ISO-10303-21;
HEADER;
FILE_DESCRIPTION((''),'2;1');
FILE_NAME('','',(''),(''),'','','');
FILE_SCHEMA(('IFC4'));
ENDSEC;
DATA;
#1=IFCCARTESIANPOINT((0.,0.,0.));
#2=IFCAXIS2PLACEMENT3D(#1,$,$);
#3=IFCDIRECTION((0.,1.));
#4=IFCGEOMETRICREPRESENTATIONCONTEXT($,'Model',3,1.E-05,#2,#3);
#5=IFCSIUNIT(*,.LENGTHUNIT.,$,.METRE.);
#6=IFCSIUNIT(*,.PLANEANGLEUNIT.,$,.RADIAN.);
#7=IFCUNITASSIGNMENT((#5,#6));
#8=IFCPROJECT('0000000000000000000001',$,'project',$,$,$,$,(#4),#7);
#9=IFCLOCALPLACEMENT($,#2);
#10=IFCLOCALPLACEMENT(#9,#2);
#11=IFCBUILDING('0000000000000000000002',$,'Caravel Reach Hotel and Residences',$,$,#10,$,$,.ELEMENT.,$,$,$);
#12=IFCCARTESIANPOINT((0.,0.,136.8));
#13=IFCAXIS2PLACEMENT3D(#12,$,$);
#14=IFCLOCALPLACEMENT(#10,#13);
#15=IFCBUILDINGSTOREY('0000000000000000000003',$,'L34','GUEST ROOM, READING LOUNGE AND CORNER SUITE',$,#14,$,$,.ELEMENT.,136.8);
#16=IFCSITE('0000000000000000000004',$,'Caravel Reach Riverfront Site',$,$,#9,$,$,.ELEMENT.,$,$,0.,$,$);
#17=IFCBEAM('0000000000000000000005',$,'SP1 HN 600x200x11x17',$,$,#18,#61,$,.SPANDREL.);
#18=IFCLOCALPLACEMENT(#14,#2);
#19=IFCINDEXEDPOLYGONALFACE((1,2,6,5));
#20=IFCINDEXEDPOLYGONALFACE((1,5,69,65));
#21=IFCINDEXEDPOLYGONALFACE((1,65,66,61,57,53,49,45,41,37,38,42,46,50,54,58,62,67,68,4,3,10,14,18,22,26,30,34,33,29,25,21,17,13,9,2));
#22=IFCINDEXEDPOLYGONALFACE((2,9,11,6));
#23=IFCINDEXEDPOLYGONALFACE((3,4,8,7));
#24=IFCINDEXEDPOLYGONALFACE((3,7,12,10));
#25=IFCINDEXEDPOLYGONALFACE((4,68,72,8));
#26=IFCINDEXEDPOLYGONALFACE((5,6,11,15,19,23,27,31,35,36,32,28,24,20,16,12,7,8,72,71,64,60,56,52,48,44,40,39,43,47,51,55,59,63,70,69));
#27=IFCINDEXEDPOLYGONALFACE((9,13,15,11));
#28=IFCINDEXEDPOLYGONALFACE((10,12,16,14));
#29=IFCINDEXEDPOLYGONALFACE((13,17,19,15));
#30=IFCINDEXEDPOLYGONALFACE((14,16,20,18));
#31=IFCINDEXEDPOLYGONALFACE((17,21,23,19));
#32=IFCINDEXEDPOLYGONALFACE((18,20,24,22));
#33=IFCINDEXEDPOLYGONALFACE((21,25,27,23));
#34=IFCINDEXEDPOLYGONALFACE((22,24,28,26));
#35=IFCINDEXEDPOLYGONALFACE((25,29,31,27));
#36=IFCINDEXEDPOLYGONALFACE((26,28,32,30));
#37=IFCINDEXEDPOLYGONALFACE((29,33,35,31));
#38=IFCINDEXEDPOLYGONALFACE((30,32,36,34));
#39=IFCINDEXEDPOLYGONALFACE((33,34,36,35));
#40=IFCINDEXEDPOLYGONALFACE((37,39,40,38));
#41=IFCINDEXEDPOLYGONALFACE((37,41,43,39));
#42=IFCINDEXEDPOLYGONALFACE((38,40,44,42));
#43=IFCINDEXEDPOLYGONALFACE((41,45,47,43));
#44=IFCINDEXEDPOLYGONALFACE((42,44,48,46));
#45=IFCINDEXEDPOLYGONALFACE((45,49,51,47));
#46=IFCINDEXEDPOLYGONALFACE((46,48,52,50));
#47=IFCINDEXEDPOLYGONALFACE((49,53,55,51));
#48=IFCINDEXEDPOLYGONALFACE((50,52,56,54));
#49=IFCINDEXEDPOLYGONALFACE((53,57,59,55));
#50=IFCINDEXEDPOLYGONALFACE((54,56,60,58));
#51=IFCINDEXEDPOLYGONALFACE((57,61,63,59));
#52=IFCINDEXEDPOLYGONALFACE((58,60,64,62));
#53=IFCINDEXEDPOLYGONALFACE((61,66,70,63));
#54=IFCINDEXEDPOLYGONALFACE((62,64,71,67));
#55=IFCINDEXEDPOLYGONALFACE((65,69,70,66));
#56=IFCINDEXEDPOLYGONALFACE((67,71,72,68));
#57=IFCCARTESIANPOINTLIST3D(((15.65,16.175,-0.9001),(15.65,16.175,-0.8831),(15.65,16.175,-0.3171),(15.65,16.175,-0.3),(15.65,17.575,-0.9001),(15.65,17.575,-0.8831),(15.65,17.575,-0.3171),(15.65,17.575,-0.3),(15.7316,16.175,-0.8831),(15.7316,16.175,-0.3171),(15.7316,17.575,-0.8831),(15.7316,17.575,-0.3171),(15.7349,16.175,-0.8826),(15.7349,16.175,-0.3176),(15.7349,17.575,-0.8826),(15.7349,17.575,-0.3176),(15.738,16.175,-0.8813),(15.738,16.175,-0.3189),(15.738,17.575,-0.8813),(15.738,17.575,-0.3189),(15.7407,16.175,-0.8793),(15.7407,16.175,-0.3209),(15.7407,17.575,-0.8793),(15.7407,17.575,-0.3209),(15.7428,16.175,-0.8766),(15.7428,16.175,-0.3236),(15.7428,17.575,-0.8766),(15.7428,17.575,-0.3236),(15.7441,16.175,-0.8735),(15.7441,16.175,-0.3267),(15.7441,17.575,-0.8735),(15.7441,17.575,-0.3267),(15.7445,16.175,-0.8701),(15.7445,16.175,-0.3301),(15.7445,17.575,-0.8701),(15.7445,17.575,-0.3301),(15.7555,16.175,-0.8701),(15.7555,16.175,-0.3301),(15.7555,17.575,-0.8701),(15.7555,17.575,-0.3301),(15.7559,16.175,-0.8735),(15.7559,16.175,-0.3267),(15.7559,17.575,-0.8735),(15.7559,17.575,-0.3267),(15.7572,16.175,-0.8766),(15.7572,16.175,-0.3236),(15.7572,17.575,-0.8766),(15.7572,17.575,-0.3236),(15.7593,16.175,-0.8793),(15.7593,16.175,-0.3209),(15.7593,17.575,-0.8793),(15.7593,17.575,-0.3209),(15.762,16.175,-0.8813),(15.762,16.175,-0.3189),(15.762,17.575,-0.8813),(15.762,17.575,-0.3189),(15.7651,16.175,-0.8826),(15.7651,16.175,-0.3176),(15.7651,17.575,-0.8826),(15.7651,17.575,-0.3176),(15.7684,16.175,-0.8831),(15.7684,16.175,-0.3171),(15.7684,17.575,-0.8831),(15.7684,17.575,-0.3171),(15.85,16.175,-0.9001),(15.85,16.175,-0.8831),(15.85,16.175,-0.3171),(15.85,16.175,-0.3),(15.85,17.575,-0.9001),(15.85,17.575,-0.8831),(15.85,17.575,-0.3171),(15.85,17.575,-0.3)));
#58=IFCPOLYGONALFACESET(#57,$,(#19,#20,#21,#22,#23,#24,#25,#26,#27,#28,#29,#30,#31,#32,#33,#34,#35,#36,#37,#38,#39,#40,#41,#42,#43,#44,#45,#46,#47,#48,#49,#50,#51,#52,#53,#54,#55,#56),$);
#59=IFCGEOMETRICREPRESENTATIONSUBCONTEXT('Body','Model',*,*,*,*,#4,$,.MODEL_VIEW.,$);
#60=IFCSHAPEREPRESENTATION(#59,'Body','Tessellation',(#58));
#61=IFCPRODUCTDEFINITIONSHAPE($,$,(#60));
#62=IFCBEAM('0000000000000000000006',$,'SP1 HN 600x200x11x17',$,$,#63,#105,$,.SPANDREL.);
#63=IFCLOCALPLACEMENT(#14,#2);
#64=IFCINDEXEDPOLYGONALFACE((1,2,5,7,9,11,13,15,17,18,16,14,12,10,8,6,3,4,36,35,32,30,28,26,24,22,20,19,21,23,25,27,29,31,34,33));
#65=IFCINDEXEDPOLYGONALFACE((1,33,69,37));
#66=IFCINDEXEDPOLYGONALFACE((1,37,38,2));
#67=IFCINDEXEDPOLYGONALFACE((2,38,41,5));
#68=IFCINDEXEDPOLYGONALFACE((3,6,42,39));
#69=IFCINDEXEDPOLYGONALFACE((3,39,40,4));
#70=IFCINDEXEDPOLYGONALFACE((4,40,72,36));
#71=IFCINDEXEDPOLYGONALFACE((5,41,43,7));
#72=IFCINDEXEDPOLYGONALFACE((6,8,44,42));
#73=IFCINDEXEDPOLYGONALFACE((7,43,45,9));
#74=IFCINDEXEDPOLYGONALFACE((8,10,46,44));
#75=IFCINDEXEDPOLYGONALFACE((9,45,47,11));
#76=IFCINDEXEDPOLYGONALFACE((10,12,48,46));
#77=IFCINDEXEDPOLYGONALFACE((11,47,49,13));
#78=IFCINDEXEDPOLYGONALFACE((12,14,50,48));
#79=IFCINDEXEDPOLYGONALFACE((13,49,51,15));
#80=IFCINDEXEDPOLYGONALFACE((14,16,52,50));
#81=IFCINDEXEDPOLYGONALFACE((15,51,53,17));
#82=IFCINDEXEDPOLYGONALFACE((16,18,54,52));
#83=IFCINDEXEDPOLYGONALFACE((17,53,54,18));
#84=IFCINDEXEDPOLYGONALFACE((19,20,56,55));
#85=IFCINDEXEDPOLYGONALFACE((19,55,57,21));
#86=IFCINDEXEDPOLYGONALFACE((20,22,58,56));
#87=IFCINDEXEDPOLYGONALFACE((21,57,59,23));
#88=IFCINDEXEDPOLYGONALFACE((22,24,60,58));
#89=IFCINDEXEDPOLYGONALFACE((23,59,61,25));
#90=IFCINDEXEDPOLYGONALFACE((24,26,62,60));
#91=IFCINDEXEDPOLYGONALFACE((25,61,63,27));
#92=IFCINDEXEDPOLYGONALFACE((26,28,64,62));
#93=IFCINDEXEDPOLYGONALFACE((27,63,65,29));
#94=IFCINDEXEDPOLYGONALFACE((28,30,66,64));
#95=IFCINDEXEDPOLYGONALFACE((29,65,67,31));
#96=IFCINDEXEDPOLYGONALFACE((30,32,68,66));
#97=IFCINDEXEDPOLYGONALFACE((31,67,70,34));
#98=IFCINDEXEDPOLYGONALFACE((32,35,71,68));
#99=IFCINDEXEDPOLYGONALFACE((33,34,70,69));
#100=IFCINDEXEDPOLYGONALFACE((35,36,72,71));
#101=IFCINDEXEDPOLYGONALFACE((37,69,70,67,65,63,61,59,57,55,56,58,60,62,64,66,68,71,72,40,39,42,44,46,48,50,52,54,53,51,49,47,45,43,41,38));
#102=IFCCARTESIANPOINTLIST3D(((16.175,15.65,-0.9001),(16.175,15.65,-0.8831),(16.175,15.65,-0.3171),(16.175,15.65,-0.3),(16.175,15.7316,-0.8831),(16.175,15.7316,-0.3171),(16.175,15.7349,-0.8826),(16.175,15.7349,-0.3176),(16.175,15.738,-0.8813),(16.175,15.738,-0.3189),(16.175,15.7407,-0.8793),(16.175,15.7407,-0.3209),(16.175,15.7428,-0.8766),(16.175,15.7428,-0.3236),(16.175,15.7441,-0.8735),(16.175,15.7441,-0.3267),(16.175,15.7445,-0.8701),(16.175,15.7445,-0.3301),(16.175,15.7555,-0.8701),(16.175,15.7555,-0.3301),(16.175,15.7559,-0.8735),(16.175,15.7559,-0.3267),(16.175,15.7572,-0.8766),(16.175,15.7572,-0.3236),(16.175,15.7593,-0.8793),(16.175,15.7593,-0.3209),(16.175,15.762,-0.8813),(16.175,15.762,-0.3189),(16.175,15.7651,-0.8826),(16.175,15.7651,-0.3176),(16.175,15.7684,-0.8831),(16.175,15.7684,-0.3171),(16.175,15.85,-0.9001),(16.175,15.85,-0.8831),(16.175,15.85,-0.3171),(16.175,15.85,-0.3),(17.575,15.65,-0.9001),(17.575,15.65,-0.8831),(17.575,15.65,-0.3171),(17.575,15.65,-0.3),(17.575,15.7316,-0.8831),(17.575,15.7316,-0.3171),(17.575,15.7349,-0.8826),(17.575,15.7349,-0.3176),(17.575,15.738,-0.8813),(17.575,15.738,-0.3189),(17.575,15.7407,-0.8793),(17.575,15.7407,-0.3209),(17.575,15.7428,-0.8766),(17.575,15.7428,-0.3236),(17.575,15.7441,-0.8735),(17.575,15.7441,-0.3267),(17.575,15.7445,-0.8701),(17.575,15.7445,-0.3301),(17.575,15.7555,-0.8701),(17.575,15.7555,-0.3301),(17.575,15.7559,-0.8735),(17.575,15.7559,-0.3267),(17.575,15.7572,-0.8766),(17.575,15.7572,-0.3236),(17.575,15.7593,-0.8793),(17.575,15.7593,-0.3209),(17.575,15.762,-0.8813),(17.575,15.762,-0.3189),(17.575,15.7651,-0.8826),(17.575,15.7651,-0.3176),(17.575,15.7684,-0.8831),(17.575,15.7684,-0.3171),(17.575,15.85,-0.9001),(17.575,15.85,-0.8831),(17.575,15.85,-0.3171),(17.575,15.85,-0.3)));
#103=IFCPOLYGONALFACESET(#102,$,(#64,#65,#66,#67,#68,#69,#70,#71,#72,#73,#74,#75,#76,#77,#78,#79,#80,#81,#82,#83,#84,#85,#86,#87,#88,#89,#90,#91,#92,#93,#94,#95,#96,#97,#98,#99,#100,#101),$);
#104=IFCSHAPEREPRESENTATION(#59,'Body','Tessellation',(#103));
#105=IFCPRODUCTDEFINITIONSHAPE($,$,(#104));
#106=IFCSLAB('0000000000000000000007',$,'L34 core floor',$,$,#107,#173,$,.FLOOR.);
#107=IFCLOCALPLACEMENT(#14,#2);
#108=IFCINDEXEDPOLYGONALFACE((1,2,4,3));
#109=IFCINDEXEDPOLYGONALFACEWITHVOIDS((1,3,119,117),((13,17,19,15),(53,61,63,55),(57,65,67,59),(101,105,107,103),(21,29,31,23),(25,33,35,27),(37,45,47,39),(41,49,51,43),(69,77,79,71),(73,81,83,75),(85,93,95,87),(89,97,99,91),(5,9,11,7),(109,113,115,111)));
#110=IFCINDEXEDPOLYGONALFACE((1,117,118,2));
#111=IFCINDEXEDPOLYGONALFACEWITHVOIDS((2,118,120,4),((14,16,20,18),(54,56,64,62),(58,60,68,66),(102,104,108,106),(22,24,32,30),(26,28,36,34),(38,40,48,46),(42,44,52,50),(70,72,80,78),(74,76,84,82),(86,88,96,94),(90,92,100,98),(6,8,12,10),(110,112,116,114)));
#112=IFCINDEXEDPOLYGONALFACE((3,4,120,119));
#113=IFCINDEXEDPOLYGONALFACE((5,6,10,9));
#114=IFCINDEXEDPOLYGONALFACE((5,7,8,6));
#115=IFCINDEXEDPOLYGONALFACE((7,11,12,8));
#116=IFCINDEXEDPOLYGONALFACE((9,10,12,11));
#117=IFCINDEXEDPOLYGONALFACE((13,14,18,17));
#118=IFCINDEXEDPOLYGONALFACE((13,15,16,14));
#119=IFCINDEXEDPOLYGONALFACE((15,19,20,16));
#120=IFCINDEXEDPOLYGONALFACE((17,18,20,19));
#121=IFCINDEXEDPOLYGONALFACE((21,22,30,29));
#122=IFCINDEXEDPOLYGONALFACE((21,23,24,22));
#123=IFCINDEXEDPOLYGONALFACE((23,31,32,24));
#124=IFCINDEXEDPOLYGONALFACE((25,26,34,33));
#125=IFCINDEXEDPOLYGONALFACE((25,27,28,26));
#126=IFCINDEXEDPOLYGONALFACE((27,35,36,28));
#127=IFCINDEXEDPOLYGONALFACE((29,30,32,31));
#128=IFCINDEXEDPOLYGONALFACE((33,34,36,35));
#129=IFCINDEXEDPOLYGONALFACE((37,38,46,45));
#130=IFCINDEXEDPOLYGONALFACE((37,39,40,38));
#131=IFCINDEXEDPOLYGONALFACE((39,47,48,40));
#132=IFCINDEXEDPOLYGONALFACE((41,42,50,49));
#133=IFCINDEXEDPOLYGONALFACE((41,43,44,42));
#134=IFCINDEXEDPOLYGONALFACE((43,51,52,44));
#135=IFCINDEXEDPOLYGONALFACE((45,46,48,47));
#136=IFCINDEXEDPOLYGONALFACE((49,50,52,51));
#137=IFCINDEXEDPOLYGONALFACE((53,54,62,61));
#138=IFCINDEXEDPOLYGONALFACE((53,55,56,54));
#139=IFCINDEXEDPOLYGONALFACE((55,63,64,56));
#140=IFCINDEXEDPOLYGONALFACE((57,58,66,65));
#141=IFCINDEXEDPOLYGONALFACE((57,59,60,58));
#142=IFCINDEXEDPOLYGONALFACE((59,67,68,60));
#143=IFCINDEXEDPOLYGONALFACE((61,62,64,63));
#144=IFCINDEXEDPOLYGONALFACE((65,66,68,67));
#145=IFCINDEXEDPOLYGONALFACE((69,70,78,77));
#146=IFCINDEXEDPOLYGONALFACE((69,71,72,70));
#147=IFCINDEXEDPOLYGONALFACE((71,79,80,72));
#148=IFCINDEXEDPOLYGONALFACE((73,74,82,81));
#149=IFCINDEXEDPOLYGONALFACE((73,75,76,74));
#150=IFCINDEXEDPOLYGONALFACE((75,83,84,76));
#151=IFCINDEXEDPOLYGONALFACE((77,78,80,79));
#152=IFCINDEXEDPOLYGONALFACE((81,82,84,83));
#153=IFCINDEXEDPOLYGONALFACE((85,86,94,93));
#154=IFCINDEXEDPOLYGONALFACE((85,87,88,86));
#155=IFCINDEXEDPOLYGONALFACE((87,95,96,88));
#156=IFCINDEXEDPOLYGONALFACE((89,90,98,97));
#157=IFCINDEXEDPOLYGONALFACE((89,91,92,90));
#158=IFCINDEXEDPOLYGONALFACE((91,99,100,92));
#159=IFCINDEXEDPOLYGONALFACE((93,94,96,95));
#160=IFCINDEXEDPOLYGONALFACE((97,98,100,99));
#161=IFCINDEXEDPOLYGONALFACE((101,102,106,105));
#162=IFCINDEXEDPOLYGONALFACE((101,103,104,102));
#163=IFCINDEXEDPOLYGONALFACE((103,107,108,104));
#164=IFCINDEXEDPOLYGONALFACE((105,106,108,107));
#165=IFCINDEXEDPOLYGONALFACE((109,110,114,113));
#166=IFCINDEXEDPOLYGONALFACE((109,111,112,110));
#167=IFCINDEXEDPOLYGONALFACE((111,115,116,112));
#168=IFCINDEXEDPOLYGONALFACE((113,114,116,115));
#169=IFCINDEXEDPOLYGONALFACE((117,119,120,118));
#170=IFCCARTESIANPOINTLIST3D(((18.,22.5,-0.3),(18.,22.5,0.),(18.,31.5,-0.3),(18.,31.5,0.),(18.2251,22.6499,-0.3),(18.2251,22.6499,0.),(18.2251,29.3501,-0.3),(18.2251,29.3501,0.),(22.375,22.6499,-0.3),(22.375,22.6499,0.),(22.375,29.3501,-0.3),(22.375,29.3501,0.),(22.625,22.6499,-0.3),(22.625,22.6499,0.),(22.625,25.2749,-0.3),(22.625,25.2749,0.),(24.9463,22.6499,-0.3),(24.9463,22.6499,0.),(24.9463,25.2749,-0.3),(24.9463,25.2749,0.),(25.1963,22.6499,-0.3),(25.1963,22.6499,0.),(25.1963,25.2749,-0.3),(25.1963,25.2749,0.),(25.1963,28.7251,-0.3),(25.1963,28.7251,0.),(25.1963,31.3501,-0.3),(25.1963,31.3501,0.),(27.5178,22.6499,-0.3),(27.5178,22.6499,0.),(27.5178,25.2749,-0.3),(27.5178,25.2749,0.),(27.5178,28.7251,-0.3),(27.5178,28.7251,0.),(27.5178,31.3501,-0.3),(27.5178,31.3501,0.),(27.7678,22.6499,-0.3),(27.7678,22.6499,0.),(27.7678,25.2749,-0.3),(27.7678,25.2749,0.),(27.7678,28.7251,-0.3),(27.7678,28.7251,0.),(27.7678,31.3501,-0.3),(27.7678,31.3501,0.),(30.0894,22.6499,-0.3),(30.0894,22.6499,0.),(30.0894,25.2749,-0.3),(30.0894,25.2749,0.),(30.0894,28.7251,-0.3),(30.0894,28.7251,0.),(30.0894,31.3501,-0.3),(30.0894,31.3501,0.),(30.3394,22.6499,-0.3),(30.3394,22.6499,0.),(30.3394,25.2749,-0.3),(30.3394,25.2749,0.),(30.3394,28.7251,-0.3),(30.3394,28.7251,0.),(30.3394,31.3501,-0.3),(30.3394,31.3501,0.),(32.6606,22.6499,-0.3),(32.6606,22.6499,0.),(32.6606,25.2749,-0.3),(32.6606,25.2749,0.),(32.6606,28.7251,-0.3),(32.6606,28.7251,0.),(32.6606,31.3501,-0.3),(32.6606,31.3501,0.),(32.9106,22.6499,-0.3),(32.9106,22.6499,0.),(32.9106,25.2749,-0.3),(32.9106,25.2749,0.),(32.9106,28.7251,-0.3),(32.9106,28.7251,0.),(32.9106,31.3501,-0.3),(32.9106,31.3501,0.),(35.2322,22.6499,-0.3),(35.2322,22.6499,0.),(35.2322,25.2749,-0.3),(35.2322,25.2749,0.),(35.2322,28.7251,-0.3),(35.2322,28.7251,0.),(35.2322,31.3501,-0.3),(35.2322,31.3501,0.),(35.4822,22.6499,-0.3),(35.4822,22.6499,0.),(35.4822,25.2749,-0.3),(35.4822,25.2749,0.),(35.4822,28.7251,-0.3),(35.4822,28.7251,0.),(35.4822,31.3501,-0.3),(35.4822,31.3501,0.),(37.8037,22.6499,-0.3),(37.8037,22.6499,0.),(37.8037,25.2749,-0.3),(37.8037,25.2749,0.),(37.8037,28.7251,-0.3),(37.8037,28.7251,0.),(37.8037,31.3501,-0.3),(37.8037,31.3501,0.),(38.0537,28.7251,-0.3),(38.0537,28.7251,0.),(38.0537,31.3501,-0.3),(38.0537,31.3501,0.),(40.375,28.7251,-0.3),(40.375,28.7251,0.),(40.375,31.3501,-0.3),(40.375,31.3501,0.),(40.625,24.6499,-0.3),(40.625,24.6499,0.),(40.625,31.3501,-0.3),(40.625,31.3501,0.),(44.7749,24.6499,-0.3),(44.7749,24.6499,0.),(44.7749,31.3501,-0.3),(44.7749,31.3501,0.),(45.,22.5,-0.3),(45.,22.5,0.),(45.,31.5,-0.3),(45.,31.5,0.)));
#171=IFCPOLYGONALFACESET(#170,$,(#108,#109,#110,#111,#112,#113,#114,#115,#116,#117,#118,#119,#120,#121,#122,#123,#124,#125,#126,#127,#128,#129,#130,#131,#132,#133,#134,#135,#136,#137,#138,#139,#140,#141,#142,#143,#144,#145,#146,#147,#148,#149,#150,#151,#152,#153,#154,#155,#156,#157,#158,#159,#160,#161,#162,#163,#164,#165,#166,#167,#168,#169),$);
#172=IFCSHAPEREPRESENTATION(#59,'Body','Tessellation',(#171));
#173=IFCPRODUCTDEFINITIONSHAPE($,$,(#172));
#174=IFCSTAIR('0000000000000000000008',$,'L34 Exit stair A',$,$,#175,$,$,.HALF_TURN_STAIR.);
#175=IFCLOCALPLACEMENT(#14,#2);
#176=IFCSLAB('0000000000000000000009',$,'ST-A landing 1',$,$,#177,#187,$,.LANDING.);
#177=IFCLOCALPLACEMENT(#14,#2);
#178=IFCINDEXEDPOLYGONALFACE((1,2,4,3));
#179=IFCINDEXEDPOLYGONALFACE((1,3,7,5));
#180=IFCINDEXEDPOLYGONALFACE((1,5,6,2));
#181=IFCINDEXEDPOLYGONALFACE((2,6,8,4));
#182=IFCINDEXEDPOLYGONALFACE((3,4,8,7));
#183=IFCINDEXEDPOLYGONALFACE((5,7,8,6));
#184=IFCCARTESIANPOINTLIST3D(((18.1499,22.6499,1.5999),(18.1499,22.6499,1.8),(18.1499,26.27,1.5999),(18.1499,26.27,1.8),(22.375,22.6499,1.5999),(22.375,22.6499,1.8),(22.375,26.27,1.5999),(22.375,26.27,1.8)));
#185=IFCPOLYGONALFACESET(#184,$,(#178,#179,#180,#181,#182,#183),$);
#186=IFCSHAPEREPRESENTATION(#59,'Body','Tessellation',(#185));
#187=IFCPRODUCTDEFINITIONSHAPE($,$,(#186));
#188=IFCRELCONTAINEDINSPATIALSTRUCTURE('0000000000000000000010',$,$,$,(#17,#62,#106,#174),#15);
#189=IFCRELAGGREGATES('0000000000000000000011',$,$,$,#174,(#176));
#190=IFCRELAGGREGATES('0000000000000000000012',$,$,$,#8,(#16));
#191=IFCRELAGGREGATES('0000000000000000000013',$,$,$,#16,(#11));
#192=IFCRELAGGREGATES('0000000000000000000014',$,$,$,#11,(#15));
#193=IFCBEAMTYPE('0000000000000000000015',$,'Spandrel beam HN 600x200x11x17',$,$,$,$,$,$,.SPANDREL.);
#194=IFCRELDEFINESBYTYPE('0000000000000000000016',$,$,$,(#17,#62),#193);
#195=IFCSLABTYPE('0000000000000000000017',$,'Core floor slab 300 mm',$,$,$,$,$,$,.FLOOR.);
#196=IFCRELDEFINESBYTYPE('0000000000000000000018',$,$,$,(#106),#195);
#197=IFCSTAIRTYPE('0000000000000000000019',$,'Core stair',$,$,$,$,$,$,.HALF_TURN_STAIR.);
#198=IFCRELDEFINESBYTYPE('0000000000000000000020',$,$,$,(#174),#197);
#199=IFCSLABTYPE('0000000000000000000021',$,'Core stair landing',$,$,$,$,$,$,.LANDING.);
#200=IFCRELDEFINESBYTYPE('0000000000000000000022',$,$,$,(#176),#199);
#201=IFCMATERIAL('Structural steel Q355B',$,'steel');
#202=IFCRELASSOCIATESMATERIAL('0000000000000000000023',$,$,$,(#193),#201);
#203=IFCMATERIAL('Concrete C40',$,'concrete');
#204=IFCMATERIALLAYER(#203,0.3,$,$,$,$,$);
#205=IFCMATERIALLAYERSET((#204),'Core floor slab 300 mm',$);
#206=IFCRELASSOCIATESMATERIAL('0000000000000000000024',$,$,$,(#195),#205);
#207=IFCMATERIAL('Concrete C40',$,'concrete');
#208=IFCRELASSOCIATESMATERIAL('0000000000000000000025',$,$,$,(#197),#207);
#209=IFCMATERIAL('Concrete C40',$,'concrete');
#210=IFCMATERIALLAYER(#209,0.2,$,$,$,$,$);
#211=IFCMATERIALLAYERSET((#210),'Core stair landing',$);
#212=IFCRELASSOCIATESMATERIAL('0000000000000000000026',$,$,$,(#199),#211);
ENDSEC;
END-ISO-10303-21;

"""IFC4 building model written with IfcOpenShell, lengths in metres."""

from ifc_helpers import new_model, si_unit, direction, frame, origin, origin_2d, place, context, subcontext, project, spatial, polyline, i_section, outline, extrude, material, layer, layer_set, material_profile, profile_set, type_object, element, aggregate, save


model = new_model("IFC4")

# Units and contexts
model_context = context("Model", 3, precision=1e-05, world=origin(), true_north=direction((0.0, 1.0)))
body_context = subcontext(model_context, "Body", "Model", "MODEL_VIEW")
ifc_project = project(units=[si_unit("LENGTHUNIT", "METRE"), si_unit("PLANEANGLEUNIT", "RADIAN")], contexts=[model_context])

# Site, building, storey
site_placement = place(None, origin())
site = spatial("IfcSite", under=ifc_project, at=site_placement, Name="Caravel Reach Riverfront Site", CompositionType="ELEMENT", RefElevation=0.0)
building_placement = place(site_placement, origin())
building = spatial("IfcBuilding", under=site, at=building_placement, Name="Caravel Reach Hotel and Residences", CompositionType="ELEMENT")
storey_placement = place(building_placement, frame((0.0, 0.0, 136.8)))
storey = spatial("IfcBuildingStorey", under=building, at=storey_placement, Name="L34", Description="GUEST ROOM, READING LOUNGE AND CORNER SUITE", CompositionType="ELEMENT", Elevation=136.8)

# Beams
ifc_material_1 = material(Name="Structural steel Q355B", Category="steel")
ifc_material_profile_1 = material_profile(ifc_material_1, i_section(OverallWidth=0.2, OverallDepth=0.6001, WebThickness=0.011, FlangeThickness=0.0171, FilletRadius=0.0129, at=origin_2d()), Name="HN 600x200x11x17")
ifc_profile_set_1 = profile_set([ifc_material_profile_1], Name="Structural steel Q355B")
beam_type = type_object("IfcBeamType", Name="Spandrel beam HN 600x200x11x17", PredefinedType="SPANDREL", material=ifc_profile_set_1)
for number, where, z_axis, x_axis, name in (
    (1, (15.75, 17.575, -0.6001), (0.0, -1.0, 0.0), (1.0, 0.0, 0.0), "SP1 HN 600x200x11x17"),
    (2, (16.175, 15.75, -0.6001), (1.0, 0.0, 0.0), (0.0, 1.0, 0.0), "SP1 HN 600x200x11x17"),
):
    element("IfcBeam", number, at=place(storey_placement, frame(where, z_axis=z_axis, x_axis=x_axis)), inside=storey, type_object=beam_type, Name=name, PredefinedType="SPANDREL", context=body_context, shape_type="SweptSolid", body=[
        extrude(i_section(OverallWidth=0.2, OverallDepth=0.6001, WebThickness=0.011, FlangeThickness=0.0171, FilletRadius=0.0129, at=origin_2d()), origin(), (0.0, 0.0, 1.0), 1.3999),
    ])

# Slab
ifc_material_2 = material(Name="Concrete C40", Category="concrete")
ifc_layer_1 = layer(ifc_material_2, 0.3)
ifc_layer_set_1 = layer_set([ifc_layer_1], Name="Core floor slab 300 mm")
slab_type_1 = type_object("IfcSlabType", Name="Core floor slab 300 mm", PredefinedType="FLOOR", material=ifc_layer_set_1)
slab_1_placement = place(storey_placement, frame((0.0, 0.0, -0.3)))
element("IfcSlab", 3, at=slab_1_placement, inside=storey, type_object=slab_type_1, Name="L34 core floor", PredefinedType="FLOOR", context=body_context, shape_type="SweptSolid", body=[
    extrude(outline(polyline([(18.0, 31.5), (45.0, 31.5), (45.0, 22.5), (18.0, 22.5), (18.0, 31.5)]), holes=[polyline([(22.625, 25.2749), (22.625, 22.6499), (24.9463, 22.6499), (24.9463, 25.2749), (22.625, 25.2749)]), polyline([(27.5178, 25.2749), (25.1963, 25.2749), (25.1963, 22.6499), (27.5178, 22.6499), (27.5178, 25.2749)]), polyline([(30.0894, 25.2749), (27.7678, 25.2749), (27.7678, 22.6499), (30.0894, 22.6499), (30.0894, 25.2749)]), polyline([(32.6606, 25.2749), (30.3394, 25.2749), (30.3394, 22.6499), (32.6606, 22.6499), (32.6606, 25.2749)]), polyline([(18.2251, 22.6499), (22.375, 22.6499), (22.375, 29.3501), (18.2251, 29.3501), (18.2251, 22.6499)]), polyline([(27.5178, 31.3501), (25.1963, 31.3501), (25.1963, 28.7251), (27.5178, 28.7251), (27.5178, 31.3501)]), polyline([(30.0894, 31.3501), (27.7678, 31.3501), (27.7678, 28.7251), (30.0894, 28.7251), (30.0894, 31.3501)]), polyline([(32.9106, 25.2749), (32.9106, 22.6499), (35.2322, 22.6499), (35.2322, 25.2749), (32.9106, 25.2749)]), polyline([(37.8037, 25.2749), (35.4822, 25.2749), (35.4822, 22.6499), (37.8037, 22.6499), (37.8037, 25.2749)]), polyline([(44.7749, 31.3501), (40.625, 31.3501), (40.625, 24.6499), (44.7749, 24.6499), (44.7749, 31.3501)]), polyline([(32.6606, 31.3501), (30.3394, 31.3501), (30.3394, 28.7251), (32.6606, 28.7251), (32.6606, 31.3501)]), polyline([(35.2322, 31.3501), (32.9106, 31.3501), (32.9106, 28.7251), (35.2322, 28.7251), (35.2322, 31.3501)]), polyline([(37.8037, 31.3501), (35.4822, 31.3501), (35.4822, 28.7251), (37.8037, 28.7251), (37.8037, 31.3501)]), polyline([(40.375, 31.3501), (38.0537, 31.3501), (38.0537, 28.7251), (40.375, 28.7251), (40.375, 31.3501)])]), origin(), (0.0, 0.0, 1.0), 0.3),
])

# Stair, slab
ifc_material_3 = material(Name="Concrete C40", Category="concrete")
stair_type = type_object("IfcStairType", Name="Core stair", PredefinedType="HALF_TURN_STAIR", material=ifc_material_3)
stair_1_placement = place(storey_placement, origin())
stair_1 = element("IfcStair", 4, at=stair_1_placement, inside=storey, type_object=stair_type, Name="L34 Exit stair A", PredefinedType="HALF_TURN_STAIR")
ifc_material_4 = material(Name="Concrete C40", Category="concrete")
ifc_layer_2 = layer(ifc_material_4, 0.2)
ifc_layer_set_2 = layer_set([ifc_layer_2], Name="Core stair landing")
slab_type_2 = type_object("IfcSlabType", Name="Core stair landing", PredefinedType="LANDING", material=ifc_layer_set_2)
slab_2_placement = place(storey_placement, frame((0.0, 0.0, 1.5999)))
slab_2 = element("IfcSlab", 5, at=slab_2_placement, type_object=slab_type_2, Name="ST-A landing 1", PredefinedType="LANDING", context=body_context, shape_type="SweptSolid", body=[
    extrude(outline(polyline([(18.1499, 26.27), (18.1499, 22.6499), (22.375, 22.6499), (22.375, 26.27), (18.1499, 26.27)])), origin(), (0.0, 0.0, 1.0), 0.2002),
])
aggregate(stair_1, [slab_2])

save(model, "model.ifc")
